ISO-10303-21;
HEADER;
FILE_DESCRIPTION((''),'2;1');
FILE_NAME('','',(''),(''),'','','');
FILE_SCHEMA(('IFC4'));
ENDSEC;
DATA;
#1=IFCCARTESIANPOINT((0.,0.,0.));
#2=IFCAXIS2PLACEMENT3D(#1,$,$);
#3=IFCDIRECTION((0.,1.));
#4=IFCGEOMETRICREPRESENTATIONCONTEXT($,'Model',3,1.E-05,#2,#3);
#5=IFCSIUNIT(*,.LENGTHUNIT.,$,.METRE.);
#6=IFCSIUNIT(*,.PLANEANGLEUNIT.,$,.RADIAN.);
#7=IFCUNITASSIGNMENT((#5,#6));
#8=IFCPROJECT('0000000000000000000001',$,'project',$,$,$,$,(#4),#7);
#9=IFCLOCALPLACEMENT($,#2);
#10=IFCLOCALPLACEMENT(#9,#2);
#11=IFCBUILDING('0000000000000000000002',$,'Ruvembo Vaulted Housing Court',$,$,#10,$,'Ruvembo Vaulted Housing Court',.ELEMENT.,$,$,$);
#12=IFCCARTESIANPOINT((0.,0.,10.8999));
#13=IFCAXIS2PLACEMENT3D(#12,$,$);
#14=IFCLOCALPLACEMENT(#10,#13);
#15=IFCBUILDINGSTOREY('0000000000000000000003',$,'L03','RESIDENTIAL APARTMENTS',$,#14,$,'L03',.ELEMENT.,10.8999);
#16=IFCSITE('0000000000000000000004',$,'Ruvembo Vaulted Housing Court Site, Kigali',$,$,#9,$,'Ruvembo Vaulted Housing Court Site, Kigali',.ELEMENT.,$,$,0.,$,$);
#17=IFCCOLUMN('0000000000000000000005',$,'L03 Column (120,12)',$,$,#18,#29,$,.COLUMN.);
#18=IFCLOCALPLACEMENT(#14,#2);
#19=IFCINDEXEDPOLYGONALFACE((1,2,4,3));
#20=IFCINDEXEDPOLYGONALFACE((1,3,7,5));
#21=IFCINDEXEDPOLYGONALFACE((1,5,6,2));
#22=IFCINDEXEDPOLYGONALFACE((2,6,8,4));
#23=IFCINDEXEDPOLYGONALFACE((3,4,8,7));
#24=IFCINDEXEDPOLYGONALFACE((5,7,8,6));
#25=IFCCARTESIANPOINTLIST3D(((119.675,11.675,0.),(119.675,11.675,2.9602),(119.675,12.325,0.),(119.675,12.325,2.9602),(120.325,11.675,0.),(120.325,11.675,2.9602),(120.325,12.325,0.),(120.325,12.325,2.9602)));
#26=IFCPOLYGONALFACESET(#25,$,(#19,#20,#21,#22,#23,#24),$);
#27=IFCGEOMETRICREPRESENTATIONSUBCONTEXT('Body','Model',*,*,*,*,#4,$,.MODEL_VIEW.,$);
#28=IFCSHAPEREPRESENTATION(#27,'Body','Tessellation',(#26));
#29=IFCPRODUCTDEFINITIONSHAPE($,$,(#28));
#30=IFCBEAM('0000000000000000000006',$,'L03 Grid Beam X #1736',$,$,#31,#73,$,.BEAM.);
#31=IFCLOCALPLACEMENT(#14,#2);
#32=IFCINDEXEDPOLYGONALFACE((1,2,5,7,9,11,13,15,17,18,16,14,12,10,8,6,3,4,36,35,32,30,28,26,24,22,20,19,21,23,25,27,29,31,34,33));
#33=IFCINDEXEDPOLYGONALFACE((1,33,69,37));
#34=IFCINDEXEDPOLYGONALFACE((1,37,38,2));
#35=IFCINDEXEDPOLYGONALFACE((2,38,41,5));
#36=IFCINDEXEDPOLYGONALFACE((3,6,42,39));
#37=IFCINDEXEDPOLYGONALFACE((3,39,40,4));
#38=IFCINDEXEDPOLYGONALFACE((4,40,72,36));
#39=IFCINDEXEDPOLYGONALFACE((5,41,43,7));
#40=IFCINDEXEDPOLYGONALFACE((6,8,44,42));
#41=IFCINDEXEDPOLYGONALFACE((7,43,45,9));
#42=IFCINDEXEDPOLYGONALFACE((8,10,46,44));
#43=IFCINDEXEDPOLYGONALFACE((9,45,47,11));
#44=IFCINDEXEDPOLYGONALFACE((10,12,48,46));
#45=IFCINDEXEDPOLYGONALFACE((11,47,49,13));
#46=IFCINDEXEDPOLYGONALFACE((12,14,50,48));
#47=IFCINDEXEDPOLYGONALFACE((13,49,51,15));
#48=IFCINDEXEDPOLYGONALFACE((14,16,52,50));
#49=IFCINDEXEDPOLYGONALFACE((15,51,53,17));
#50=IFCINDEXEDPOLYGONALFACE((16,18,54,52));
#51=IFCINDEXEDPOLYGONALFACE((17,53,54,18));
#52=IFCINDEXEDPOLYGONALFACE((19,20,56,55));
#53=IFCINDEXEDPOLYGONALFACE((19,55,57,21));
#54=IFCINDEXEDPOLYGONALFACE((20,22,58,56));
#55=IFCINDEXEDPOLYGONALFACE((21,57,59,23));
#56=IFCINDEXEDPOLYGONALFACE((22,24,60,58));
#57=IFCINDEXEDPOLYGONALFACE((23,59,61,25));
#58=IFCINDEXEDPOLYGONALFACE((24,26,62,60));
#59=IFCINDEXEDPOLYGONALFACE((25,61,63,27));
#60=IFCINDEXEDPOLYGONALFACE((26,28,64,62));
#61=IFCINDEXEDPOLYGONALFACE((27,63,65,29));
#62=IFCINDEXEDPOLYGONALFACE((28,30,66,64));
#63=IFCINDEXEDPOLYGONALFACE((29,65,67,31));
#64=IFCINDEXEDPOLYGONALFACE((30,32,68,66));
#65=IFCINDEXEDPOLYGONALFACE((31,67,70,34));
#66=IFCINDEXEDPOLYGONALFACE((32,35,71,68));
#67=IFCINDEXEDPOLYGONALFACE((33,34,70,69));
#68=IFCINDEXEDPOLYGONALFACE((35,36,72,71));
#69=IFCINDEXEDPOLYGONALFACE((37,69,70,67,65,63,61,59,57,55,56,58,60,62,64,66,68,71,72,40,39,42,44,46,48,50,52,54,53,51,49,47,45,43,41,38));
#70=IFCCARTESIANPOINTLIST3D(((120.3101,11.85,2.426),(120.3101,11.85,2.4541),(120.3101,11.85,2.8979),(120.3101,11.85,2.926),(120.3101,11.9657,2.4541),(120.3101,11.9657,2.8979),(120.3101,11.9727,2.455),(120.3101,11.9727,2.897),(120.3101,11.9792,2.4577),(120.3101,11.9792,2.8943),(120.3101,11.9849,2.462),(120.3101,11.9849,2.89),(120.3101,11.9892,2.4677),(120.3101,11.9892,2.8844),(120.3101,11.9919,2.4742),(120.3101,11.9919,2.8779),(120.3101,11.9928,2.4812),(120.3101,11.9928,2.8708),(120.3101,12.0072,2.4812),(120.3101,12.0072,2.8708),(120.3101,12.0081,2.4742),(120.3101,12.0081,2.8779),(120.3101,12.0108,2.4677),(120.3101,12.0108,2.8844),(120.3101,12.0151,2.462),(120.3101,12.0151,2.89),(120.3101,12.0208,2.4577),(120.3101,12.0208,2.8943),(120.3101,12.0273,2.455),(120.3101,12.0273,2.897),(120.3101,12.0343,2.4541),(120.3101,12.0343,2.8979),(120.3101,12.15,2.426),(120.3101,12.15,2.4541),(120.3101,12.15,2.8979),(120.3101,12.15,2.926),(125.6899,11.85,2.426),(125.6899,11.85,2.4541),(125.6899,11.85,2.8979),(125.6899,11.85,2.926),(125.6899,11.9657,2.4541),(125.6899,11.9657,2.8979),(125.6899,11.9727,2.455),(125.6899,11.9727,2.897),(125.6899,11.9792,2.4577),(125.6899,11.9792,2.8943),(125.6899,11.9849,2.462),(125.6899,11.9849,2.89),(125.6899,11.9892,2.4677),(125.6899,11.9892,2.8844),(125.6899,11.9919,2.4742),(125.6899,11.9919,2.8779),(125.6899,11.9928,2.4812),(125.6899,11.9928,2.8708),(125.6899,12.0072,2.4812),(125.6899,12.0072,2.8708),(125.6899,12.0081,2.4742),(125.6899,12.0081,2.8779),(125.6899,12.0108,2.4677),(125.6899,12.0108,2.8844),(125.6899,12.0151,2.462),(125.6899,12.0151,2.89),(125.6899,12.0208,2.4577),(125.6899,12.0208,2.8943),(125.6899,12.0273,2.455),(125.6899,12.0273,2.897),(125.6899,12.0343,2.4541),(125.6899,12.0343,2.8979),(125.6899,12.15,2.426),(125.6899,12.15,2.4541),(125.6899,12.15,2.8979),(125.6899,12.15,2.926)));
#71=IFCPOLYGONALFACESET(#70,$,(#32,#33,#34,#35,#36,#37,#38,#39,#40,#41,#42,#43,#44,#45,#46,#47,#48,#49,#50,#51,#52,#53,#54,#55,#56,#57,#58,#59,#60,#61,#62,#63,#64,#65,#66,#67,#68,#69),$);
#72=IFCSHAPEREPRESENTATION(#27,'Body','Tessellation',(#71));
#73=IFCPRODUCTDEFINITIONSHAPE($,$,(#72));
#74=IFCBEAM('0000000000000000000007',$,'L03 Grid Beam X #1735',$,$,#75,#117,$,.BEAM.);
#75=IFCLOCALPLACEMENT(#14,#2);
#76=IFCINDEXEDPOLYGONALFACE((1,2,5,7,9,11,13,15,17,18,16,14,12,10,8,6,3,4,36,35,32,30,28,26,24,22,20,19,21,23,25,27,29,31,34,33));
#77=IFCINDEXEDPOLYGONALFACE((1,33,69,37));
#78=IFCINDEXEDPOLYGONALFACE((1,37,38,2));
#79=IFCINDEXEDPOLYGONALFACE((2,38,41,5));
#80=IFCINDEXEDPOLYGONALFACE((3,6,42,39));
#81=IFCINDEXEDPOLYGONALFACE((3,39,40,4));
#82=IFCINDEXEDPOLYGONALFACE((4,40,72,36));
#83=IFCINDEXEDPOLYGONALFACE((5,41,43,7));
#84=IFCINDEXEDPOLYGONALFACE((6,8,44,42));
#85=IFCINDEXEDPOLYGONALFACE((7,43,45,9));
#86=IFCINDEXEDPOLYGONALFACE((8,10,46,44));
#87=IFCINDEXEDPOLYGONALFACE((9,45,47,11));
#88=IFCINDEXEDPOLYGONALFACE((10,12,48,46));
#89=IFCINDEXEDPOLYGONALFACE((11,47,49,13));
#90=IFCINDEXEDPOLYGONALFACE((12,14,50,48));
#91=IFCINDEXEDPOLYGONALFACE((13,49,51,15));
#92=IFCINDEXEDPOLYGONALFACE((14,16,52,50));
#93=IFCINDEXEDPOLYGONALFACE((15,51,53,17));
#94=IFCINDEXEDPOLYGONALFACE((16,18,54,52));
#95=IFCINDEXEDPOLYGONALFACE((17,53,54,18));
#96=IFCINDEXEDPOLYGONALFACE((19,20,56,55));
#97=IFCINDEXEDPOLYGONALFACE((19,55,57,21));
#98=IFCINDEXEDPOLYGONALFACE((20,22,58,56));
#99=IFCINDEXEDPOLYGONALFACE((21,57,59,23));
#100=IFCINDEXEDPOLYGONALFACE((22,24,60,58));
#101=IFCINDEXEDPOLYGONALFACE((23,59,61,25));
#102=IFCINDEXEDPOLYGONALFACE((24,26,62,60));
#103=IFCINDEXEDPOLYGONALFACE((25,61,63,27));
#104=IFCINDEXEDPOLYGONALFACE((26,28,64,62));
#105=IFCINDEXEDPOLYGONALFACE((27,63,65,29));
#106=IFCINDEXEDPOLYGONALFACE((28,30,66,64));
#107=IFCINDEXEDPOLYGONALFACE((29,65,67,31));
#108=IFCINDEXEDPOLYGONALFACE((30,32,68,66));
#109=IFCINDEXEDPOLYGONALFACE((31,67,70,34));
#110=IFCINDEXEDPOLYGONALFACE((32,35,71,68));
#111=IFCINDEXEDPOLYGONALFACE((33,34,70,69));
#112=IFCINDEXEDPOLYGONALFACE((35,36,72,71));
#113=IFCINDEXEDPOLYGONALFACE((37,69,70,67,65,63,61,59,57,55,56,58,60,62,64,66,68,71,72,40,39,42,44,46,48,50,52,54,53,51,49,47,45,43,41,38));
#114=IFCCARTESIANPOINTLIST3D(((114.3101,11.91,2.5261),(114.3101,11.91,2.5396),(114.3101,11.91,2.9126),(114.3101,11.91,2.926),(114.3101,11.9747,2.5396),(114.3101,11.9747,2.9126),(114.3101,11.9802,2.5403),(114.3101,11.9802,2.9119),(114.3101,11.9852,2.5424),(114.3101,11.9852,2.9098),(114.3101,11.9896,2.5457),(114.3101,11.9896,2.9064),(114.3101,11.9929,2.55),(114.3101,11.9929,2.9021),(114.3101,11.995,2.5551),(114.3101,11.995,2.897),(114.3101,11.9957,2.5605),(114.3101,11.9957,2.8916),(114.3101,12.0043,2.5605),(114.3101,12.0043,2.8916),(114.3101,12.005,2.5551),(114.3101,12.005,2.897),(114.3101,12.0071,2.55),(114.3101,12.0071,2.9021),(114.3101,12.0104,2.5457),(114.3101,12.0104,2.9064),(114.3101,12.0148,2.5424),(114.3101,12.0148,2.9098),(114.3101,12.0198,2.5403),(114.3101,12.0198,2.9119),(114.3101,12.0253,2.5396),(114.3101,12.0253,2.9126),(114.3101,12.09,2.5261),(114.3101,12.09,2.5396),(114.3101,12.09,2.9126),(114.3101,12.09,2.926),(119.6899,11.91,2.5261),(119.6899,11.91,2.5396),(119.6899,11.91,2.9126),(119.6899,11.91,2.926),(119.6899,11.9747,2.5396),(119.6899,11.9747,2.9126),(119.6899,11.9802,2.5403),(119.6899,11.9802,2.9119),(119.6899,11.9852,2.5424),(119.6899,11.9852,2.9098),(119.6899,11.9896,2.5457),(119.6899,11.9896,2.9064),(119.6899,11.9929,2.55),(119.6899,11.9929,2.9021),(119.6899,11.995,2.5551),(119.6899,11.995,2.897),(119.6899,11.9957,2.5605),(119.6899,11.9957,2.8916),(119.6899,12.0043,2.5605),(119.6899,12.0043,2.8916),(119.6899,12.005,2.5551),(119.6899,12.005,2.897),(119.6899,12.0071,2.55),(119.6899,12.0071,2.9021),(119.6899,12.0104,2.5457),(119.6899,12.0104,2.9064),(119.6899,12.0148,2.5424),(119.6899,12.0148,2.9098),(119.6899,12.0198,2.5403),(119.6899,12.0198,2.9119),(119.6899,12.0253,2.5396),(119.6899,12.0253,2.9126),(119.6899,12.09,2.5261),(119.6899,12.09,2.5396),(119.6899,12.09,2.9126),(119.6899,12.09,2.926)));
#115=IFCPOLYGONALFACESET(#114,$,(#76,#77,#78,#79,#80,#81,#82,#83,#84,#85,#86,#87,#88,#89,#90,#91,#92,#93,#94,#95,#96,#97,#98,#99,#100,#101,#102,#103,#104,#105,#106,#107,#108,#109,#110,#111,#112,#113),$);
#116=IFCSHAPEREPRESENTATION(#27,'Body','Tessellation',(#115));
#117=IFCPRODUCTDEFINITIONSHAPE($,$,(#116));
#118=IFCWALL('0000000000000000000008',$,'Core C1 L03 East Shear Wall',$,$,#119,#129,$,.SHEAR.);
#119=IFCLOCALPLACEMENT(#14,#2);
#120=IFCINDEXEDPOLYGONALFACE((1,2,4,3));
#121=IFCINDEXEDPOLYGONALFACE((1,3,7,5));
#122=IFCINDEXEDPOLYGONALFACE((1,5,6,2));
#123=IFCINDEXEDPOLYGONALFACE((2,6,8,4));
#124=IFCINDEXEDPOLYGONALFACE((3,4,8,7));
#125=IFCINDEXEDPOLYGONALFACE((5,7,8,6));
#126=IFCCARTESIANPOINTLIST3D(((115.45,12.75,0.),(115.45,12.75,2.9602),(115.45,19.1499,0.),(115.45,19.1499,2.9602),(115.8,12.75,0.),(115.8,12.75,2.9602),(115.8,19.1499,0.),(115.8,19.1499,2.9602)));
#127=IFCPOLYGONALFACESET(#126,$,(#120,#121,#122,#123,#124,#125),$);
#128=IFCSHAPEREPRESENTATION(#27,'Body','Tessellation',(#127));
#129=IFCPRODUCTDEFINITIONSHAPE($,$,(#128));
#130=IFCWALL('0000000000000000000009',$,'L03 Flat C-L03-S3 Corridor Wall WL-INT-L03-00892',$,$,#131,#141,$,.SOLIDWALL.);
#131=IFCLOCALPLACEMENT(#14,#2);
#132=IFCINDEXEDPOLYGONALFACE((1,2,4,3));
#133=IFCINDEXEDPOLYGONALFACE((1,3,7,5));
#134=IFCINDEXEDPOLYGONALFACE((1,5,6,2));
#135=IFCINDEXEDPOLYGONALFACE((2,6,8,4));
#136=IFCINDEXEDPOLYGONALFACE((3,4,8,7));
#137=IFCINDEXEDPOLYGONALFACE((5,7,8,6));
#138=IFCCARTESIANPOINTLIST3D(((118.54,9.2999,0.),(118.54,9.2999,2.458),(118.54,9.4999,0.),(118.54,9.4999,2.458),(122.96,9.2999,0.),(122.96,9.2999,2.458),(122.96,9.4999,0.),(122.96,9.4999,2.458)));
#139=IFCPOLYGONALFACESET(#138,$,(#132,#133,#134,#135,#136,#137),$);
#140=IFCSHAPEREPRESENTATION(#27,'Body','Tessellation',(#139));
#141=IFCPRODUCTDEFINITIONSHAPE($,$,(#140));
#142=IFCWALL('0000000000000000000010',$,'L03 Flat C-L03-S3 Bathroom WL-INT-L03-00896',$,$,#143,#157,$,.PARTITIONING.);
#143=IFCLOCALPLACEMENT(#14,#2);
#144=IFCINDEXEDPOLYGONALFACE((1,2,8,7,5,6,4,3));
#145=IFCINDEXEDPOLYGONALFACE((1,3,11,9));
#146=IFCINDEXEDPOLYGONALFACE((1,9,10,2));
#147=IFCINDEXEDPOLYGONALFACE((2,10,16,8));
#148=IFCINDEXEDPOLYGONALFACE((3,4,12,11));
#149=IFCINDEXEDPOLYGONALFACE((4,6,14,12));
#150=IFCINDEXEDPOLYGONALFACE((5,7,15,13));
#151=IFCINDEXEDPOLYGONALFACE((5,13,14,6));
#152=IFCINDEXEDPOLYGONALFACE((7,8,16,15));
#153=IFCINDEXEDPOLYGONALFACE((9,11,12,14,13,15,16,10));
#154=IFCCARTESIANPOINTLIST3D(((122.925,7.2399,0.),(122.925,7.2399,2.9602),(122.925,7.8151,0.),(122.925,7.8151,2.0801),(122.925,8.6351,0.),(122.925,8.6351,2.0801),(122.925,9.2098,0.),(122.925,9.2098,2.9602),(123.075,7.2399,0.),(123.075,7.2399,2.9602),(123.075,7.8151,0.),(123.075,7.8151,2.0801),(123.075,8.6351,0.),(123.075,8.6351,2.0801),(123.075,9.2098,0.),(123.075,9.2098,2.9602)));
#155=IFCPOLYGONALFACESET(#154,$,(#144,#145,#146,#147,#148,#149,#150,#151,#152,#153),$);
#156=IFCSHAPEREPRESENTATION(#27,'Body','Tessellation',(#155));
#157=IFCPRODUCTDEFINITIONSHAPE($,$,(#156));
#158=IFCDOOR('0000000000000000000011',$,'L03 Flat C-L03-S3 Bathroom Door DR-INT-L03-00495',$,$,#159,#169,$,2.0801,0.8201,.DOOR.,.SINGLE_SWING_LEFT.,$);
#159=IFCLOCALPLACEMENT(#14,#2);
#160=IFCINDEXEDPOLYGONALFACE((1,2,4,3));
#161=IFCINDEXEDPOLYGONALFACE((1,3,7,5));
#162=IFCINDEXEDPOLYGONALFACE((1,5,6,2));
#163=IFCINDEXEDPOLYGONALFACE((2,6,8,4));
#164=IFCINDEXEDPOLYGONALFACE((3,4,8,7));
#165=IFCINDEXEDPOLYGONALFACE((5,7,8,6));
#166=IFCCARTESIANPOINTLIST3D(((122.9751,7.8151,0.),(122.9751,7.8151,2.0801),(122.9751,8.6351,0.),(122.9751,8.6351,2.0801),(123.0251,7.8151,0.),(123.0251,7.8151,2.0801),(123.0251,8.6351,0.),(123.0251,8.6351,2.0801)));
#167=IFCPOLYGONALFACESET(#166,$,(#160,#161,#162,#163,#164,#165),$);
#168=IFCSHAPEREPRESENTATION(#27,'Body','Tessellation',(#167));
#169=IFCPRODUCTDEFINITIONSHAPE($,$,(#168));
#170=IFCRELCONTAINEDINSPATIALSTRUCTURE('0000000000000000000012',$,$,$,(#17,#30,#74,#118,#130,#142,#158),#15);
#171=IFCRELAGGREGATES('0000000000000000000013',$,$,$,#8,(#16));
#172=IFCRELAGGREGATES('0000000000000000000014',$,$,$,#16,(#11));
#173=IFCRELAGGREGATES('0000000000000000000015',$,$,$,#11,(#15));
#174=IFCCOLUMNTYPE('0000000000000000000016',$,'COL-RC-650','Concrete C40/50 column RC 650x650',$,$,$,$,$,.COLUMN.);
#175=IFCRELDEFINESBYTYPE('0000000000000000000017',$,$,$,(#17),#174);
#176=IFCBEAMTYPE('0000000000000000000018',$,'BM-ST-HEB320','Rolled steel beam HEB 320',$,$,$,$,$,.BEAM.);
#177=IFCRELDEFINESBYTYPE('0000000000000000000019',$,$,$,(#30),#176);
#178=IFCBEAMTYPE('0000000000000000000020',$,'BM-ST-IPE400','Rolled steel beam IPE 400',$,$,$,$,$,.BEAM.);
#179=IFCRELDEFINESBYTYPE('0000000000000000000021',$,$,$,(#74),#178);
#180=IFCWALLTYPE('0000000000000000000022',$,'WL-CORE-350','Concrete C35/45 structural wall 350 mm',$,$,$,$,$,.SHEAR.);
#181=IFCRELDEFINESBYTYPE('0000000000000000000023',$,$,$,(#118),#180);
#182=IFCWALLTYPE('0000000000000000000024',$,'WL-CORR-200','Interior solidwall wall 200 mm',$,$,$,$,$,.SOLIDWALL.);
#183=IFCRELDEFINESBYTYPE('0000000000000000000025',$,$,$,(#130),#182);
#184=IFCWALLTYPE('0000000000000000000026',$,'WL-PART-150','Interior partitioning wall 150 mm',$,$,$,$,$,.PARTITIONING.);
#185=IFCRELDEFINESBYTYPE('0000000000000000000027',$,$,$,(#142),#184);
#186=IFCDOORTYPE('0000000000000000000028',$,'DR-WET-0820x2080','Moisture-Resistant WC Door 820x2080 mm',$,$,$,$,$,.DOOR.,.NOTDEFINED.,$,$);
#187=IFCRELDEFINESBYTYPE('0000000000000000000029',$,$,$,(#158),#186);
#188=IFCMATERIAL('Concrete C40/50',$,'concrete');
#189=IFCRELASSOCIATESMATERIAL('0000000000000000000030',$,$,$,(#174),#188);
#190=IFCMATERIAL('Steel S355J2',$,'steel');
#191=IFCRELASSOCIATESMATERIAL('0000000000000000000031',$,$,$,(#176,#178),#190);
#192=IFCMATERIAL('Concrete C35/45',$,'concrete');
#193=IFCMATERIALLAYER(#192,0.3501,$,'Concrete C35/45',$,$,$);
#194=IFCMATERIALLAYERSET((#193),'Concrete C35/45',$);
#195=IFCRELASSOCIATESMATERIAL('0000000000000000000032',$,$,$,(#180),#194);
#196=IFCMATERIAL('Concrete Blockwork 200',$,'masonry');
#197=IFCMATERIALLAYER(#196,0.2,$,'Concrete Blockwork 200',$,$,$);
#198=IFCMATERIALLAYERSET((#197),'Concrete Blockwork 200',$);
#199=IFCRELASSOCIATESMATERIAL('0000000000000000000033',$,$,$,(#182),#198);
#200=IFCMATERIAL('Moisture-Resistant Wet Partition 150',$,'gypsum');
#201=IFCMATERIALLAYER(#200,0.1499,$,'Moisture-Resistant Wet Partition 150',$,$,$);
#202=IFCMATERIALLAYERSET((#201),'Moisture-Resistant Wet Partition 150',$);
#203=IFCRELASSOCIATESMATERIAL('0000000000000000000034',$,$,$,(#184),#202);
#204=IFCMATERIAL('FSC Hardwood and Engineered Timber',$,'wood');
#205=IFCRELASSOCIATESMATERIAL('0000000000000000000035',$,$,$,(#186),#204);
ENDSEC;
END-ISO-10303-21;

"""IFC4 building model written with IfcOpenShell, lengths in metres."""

from ifc_helpers import new_model, si_unit, direction, frame, frame_2d, origin, origin_2d, place, context, subcontext, project, spatial, rectangle, i_section, extrude, material, layer, layer_set, material_profile, profile_set, type_object, element, fill, save


model = new_model("IFC4")

# Units and contexts
model_context = context("Model", 3, precision=1e-05, world=origin(), true_north=direction((0.0, 1.0)))
body_context = subcontext(model_context, "Body", "Model", "MODEL_VIEW")
ifc_project = project(units=[si_unit("LENGTHUNIT", "METRE"), si_unit("PLANEANGLEUNIT", "RADIAN")], contexts=[model_context])

# Site, building, storey
site_placement = place(None, origin())
site = spatial("IfcSite", under=ifc_project, at=site_placement, Name="Ruvembo Vaulted Housing Court Site, Kigali", LongName="Ruvembo Vaulted Housing Court Site, Kigali", CompositionType="ELEMENT", RefElevation=0.0)
building_placement = place(site_placement, origin())
building = spatial("IfcBuilding", under=site, at=building_placement, Name="Ruvembo Vaulted Housing Court", LongName="Ruvembo Vaulted Housing Court", CompositionType="ELEMENT")
storey_placement = place(building_placement, frame((0.0, 0.0, 10.8999)))
storey = spatial("IfcBuildingStorey", under=building, at=storey_placement, Name="L03", Description="RESIDENTIAL APARTMENTS", LongName="L03", CompositionType="ELEMENT", Elevation=10.8999)

# Column
ifc_material_1 = material(Name="Concrete C40/50", Category="concrete")
ifc_material_profile_1 = material_profile(ifc_material_1, rectangle(XDim=0.6499, YDim=0.6499, at=origin_2d()), Name="RC 650x650")
ifc_profile_set_1 = profile_set([ifc_material_profile_1], Name="Concrete C40/50")
column_type = type_object("IfcColumnType", Name="COL-RC-650", Description="Concrete C40/50 column RC 650x650", PredefinedType="COLUMN", material=ifc_profile_set_1)
column_placement = place(storey_placement, frame((120.0, 12.0, 0.0), z_axis=(0.0, 0.0, 1.0), x_axis=(1.0, 0.0, 0.0)))
element("IfcColumn", 1, at=column_placement, inside=storey, type_object=column_type, Name="L03 Column (120,12)", PredefinedType="COLUMN", context=body_context, shape_type="SweptSolid", body=[
    extrude(rectangle(XDim=0.6499, YDim=0.6499, at=origin_2d()), origin(), (0.0, 0.0, 1.0), 2.9602),
])

# Beams
ifc_material_2 = material(Name="Steel S355J2", Category="steel")
ifc_material_profile_2 = material_profile(ifc_material_2, i_section(OverallWidth=0.3, OverallDepth=0.5, WebThickness=0.0144, FlangeThickness=0.0281, FilletRadius=0.0271, at=origin_2d()), Name="HEB 320")
ifc_profile_set_2 = profile_set([ifc_material_profile_2], Name="Steel S355J2")
beam_type_1 = type_object("IfcBeamType", Name="BM-ST-HEB320", Description="Rolled steel beam HEB 320", PredefinedType="BEAM", material=ifc_profile_set_2)
beam_1_placement = place(storey_placement, frame((120.3101, 12.0, 2.676), z_axis=(1.0, 0.0, 0.0), x_axis=(0.0, 1.0, 0.0)))
element("IfcBeam", 2, at=beam_1_placement, inside=storey, type_object=beam_type_1, Name="L03 Grid Beam X #1736", PredefinedType="BEAM", context=body_context, shape_type="SweptSolid", body=[
    extrude(i_section(OverallWidth=0.3, OverallDepth=0.5, WebThickness=0.0144, FlangeThickness=0.0281, FilletRadius=0.0271, at=origin_2d()), origin(), (0.0, 0.0, 1.0), 5.3799),
])
ifc_material_profile_3 = material_profile(ifc_material_2, i_section(OverallWidth=0.1799, OverallDepth=0.3999, WebThickness=0.0085, FlangeThickness=0.0134, FilletRadius=0.021, at=origin_2d()), Name="IPE 400")
ifc_profile_set_3 = profile_set([ifc_material_profile_3], Name="Steel S355J2")
beam_type_2 = type_object("IfcBeamType", Name="BM-ST-IPE400", Description="Rolled steel beam IPE 400", PredefinedType="BEAM", material=ifc_profile_set_3)
beam_2_placement = place(storey_placement, frame((114.3101, 12.0, 2.7261), z_axis=(1.0, 0.0, 0.0), x_axis=(0.0, 1.0, 0.0)))
element("IfcBeam", 3, at=beam_2_placement, inside=storey, type_object=beam_type_2, Name="L03 Grid Beam X #1735", PredefinedType="BEAM", context=body_context, shape_type="SweptSolid", body=[
    extrude(i_section(OverallWidth=0.1799, OverallDepth=0.3999, WebThickness=0.0085, FlangeThickness=0.0134, FilletRadius=0.021, at=origin_2d()), origin(), (0.0, 0.0, 1.0), 5.3799),
])

# Shared definitions
ifc_material_3 = material(Name="Concrete C35/45", Category="concrete")

# Wall
ifc_layer_1 = layer(ifc_material_3, 0.3501, Name="Concrete C35/45")
ifc_layer_set_1 = layer_set([ifc_layer_1], Name="Concrete C35/45")
wall_type_1 = type_object("IfcWallType", Name="WL-CORE-350", Description="Concrete C35/45 structural wall 350 mm", PredefinedType="SHEAR", material=ifc_layer_set_1)
wall_1_placement = place(storey_placement, frame((115.625, 12.75, 0.0), z_axis=(0.0, 0.0, 1.0), x_axis=(0.0, 1.0, 0.0)))
element("IfcWall", 4, at=wall_1_placement, inside=storey, type_object=wall_type_1, Name="Core C1 L03 East Shear Wall", PredefinedType="SHEAR", context=body_context, shape_type="SweptSolid", body=[
    extrude(rectangle(XDim=6.3999, YDim=0.3501, at=frame_2d((3.2, 0.0))), origin(), (0.0, 0.0, 1.0), 2.9602),
])

# Shared definitions
ifc_material_4 = material(Name="Concrete Blockwork 200", Category="masonry")
ifc_layer_2 = layer(ifc_material_4, 0.2, Name="Concrete Blockwork 200")
ifc_layer_set_2 = layer_set([ifc_layer_2], Name="Concrete Blockwork 200")
wall_type_2 = type_object("IfcWallType", Name="WL-CORR-200", Description="Interior solidwall wall 200 mm", PredefinedType="SOLIDWALL", material=ifc_layer_set_2)
ifc_material_5 = material(Name="FSC Hardwood and Engineered Timber", Category="wood")

# Wall
wall_2_placement = place(storey_placement, frame((118.54, 9.3999, 0.0), z_axis=(0.0, 0.0, 1.0), x_axis=(1.0, 0.0, 0.0)))
element("IfcWall", 5, at=wall_2_placement, inside=storey, type_object=wall_type_2, Name="L03 Flat C-L03-S3 Corridor Wall WL-INT-L03-00892", PredefinedType="SOLIDWALL", context=body_context, shape_type="SweptSolid", body=[
    extrude(rectangle(XDim=4.4199, YDim=0.2, at=frame_2d((2.21, 0.0))), origin(), (0.0, 0.0, 1.0), 2.458),
])

# Wall, opening, door
ifc_material_6 = material(Name="Moisture-Resistant Wet Partition 150", Category="gypsum")
ifc_layer_3 = layer(ifc_material_6, 0.1499, Name="Moisture-Resistant Wet Partition 150")
ifc_layer_set_3 = layer_set([ifc_layer_3], Name="Moisture-Resistant Wet Partition 150")
wall_type_3 = type_object("IfcWallType", Name="WL-PART-150", Description="Interior partitioning wall 150 mm", PredefinedType="PARTITIONING", material=ifc_layer_set_3)
wall_3_placement = place(storey_placement, frame((123.0, 7.24, 0.0), z_axis=(0.0, 0.0, 1.0), x_axis=(0.0, 1.0, 0.0)))
wall_3 = element("IfcWall", 6, at=wall_3_placement, inside=storey, type_object=wall_type_3, Name="L03 Flat C-L03-S3 Bathroom WL-INT-L03-00896", PredefinedType="PARTITIONING", context=body_context, shape_type="SweptSolid", body=[
    extrude(rectangle(XDim=1.97, YDim=0.1499, at=frame_2d((0.9849, 0.0))), origin(), (0.0, 0.0, 1.0), 2.9602),
])
opening_1_placement = place(wall_3_placement, frame((0.575, 0.0, 0.0)))
opening_1 = element("IfcOpeningElement", 7, at=opening_1_placement, cuts=wall_3, PredefinedType="OPENING", context=body_context, shape_type="SweptSolid", body=[
    extrude(rectangle(XDim=0.8201, YDim=2.0801, at=frame_2d((0.4102, 1.04))), frame((0.0, 0.085, 0.0), z_axis=(0.0, -1.0, 0.0), x_axis=(1.0, 0.0, 0.0)), (0.0, 0.0, 1.0), 0.1699),
])
door_type_1 = type_object("IfcDoorType", Name="DR-WET-0820x2080", Description="Moisture-Resistant WC Door 820x2080 mm", OperationType="NOTDEFINED", PredefinedType="DOOR", material=ifc_material_5)
door_1_placement = place(opening_1_placement, origin())
door_1 = element("IfcDoor", 8, at=door_1_placement, inside=storey, type_object=door_type_1, Name="L03 Flat C-L03-S3 Bathroom Door DR-INT-L03-00495", OperationType="SINGLE_SWING_LEFT", OverallHeight=2.0801, OverallWidth=0.8201, PredefinedType="DOOR", context=body_context, shape_type="SweptSolid", body=[
    extrude(rectangle(XDim=0.8201, YDim=2.0801, at=frame_2d((0.4102, 1.04))), frame((0.0, 0.0249, 0.0), z_axis=(0.0, -1.0, 0.0), x_axis=(1.0, 0.0, 0.0)), (0.0, 0.0, 1.0), 0.05),
])
fill(opening_1, door_1)

save(model, "model.ifc")
